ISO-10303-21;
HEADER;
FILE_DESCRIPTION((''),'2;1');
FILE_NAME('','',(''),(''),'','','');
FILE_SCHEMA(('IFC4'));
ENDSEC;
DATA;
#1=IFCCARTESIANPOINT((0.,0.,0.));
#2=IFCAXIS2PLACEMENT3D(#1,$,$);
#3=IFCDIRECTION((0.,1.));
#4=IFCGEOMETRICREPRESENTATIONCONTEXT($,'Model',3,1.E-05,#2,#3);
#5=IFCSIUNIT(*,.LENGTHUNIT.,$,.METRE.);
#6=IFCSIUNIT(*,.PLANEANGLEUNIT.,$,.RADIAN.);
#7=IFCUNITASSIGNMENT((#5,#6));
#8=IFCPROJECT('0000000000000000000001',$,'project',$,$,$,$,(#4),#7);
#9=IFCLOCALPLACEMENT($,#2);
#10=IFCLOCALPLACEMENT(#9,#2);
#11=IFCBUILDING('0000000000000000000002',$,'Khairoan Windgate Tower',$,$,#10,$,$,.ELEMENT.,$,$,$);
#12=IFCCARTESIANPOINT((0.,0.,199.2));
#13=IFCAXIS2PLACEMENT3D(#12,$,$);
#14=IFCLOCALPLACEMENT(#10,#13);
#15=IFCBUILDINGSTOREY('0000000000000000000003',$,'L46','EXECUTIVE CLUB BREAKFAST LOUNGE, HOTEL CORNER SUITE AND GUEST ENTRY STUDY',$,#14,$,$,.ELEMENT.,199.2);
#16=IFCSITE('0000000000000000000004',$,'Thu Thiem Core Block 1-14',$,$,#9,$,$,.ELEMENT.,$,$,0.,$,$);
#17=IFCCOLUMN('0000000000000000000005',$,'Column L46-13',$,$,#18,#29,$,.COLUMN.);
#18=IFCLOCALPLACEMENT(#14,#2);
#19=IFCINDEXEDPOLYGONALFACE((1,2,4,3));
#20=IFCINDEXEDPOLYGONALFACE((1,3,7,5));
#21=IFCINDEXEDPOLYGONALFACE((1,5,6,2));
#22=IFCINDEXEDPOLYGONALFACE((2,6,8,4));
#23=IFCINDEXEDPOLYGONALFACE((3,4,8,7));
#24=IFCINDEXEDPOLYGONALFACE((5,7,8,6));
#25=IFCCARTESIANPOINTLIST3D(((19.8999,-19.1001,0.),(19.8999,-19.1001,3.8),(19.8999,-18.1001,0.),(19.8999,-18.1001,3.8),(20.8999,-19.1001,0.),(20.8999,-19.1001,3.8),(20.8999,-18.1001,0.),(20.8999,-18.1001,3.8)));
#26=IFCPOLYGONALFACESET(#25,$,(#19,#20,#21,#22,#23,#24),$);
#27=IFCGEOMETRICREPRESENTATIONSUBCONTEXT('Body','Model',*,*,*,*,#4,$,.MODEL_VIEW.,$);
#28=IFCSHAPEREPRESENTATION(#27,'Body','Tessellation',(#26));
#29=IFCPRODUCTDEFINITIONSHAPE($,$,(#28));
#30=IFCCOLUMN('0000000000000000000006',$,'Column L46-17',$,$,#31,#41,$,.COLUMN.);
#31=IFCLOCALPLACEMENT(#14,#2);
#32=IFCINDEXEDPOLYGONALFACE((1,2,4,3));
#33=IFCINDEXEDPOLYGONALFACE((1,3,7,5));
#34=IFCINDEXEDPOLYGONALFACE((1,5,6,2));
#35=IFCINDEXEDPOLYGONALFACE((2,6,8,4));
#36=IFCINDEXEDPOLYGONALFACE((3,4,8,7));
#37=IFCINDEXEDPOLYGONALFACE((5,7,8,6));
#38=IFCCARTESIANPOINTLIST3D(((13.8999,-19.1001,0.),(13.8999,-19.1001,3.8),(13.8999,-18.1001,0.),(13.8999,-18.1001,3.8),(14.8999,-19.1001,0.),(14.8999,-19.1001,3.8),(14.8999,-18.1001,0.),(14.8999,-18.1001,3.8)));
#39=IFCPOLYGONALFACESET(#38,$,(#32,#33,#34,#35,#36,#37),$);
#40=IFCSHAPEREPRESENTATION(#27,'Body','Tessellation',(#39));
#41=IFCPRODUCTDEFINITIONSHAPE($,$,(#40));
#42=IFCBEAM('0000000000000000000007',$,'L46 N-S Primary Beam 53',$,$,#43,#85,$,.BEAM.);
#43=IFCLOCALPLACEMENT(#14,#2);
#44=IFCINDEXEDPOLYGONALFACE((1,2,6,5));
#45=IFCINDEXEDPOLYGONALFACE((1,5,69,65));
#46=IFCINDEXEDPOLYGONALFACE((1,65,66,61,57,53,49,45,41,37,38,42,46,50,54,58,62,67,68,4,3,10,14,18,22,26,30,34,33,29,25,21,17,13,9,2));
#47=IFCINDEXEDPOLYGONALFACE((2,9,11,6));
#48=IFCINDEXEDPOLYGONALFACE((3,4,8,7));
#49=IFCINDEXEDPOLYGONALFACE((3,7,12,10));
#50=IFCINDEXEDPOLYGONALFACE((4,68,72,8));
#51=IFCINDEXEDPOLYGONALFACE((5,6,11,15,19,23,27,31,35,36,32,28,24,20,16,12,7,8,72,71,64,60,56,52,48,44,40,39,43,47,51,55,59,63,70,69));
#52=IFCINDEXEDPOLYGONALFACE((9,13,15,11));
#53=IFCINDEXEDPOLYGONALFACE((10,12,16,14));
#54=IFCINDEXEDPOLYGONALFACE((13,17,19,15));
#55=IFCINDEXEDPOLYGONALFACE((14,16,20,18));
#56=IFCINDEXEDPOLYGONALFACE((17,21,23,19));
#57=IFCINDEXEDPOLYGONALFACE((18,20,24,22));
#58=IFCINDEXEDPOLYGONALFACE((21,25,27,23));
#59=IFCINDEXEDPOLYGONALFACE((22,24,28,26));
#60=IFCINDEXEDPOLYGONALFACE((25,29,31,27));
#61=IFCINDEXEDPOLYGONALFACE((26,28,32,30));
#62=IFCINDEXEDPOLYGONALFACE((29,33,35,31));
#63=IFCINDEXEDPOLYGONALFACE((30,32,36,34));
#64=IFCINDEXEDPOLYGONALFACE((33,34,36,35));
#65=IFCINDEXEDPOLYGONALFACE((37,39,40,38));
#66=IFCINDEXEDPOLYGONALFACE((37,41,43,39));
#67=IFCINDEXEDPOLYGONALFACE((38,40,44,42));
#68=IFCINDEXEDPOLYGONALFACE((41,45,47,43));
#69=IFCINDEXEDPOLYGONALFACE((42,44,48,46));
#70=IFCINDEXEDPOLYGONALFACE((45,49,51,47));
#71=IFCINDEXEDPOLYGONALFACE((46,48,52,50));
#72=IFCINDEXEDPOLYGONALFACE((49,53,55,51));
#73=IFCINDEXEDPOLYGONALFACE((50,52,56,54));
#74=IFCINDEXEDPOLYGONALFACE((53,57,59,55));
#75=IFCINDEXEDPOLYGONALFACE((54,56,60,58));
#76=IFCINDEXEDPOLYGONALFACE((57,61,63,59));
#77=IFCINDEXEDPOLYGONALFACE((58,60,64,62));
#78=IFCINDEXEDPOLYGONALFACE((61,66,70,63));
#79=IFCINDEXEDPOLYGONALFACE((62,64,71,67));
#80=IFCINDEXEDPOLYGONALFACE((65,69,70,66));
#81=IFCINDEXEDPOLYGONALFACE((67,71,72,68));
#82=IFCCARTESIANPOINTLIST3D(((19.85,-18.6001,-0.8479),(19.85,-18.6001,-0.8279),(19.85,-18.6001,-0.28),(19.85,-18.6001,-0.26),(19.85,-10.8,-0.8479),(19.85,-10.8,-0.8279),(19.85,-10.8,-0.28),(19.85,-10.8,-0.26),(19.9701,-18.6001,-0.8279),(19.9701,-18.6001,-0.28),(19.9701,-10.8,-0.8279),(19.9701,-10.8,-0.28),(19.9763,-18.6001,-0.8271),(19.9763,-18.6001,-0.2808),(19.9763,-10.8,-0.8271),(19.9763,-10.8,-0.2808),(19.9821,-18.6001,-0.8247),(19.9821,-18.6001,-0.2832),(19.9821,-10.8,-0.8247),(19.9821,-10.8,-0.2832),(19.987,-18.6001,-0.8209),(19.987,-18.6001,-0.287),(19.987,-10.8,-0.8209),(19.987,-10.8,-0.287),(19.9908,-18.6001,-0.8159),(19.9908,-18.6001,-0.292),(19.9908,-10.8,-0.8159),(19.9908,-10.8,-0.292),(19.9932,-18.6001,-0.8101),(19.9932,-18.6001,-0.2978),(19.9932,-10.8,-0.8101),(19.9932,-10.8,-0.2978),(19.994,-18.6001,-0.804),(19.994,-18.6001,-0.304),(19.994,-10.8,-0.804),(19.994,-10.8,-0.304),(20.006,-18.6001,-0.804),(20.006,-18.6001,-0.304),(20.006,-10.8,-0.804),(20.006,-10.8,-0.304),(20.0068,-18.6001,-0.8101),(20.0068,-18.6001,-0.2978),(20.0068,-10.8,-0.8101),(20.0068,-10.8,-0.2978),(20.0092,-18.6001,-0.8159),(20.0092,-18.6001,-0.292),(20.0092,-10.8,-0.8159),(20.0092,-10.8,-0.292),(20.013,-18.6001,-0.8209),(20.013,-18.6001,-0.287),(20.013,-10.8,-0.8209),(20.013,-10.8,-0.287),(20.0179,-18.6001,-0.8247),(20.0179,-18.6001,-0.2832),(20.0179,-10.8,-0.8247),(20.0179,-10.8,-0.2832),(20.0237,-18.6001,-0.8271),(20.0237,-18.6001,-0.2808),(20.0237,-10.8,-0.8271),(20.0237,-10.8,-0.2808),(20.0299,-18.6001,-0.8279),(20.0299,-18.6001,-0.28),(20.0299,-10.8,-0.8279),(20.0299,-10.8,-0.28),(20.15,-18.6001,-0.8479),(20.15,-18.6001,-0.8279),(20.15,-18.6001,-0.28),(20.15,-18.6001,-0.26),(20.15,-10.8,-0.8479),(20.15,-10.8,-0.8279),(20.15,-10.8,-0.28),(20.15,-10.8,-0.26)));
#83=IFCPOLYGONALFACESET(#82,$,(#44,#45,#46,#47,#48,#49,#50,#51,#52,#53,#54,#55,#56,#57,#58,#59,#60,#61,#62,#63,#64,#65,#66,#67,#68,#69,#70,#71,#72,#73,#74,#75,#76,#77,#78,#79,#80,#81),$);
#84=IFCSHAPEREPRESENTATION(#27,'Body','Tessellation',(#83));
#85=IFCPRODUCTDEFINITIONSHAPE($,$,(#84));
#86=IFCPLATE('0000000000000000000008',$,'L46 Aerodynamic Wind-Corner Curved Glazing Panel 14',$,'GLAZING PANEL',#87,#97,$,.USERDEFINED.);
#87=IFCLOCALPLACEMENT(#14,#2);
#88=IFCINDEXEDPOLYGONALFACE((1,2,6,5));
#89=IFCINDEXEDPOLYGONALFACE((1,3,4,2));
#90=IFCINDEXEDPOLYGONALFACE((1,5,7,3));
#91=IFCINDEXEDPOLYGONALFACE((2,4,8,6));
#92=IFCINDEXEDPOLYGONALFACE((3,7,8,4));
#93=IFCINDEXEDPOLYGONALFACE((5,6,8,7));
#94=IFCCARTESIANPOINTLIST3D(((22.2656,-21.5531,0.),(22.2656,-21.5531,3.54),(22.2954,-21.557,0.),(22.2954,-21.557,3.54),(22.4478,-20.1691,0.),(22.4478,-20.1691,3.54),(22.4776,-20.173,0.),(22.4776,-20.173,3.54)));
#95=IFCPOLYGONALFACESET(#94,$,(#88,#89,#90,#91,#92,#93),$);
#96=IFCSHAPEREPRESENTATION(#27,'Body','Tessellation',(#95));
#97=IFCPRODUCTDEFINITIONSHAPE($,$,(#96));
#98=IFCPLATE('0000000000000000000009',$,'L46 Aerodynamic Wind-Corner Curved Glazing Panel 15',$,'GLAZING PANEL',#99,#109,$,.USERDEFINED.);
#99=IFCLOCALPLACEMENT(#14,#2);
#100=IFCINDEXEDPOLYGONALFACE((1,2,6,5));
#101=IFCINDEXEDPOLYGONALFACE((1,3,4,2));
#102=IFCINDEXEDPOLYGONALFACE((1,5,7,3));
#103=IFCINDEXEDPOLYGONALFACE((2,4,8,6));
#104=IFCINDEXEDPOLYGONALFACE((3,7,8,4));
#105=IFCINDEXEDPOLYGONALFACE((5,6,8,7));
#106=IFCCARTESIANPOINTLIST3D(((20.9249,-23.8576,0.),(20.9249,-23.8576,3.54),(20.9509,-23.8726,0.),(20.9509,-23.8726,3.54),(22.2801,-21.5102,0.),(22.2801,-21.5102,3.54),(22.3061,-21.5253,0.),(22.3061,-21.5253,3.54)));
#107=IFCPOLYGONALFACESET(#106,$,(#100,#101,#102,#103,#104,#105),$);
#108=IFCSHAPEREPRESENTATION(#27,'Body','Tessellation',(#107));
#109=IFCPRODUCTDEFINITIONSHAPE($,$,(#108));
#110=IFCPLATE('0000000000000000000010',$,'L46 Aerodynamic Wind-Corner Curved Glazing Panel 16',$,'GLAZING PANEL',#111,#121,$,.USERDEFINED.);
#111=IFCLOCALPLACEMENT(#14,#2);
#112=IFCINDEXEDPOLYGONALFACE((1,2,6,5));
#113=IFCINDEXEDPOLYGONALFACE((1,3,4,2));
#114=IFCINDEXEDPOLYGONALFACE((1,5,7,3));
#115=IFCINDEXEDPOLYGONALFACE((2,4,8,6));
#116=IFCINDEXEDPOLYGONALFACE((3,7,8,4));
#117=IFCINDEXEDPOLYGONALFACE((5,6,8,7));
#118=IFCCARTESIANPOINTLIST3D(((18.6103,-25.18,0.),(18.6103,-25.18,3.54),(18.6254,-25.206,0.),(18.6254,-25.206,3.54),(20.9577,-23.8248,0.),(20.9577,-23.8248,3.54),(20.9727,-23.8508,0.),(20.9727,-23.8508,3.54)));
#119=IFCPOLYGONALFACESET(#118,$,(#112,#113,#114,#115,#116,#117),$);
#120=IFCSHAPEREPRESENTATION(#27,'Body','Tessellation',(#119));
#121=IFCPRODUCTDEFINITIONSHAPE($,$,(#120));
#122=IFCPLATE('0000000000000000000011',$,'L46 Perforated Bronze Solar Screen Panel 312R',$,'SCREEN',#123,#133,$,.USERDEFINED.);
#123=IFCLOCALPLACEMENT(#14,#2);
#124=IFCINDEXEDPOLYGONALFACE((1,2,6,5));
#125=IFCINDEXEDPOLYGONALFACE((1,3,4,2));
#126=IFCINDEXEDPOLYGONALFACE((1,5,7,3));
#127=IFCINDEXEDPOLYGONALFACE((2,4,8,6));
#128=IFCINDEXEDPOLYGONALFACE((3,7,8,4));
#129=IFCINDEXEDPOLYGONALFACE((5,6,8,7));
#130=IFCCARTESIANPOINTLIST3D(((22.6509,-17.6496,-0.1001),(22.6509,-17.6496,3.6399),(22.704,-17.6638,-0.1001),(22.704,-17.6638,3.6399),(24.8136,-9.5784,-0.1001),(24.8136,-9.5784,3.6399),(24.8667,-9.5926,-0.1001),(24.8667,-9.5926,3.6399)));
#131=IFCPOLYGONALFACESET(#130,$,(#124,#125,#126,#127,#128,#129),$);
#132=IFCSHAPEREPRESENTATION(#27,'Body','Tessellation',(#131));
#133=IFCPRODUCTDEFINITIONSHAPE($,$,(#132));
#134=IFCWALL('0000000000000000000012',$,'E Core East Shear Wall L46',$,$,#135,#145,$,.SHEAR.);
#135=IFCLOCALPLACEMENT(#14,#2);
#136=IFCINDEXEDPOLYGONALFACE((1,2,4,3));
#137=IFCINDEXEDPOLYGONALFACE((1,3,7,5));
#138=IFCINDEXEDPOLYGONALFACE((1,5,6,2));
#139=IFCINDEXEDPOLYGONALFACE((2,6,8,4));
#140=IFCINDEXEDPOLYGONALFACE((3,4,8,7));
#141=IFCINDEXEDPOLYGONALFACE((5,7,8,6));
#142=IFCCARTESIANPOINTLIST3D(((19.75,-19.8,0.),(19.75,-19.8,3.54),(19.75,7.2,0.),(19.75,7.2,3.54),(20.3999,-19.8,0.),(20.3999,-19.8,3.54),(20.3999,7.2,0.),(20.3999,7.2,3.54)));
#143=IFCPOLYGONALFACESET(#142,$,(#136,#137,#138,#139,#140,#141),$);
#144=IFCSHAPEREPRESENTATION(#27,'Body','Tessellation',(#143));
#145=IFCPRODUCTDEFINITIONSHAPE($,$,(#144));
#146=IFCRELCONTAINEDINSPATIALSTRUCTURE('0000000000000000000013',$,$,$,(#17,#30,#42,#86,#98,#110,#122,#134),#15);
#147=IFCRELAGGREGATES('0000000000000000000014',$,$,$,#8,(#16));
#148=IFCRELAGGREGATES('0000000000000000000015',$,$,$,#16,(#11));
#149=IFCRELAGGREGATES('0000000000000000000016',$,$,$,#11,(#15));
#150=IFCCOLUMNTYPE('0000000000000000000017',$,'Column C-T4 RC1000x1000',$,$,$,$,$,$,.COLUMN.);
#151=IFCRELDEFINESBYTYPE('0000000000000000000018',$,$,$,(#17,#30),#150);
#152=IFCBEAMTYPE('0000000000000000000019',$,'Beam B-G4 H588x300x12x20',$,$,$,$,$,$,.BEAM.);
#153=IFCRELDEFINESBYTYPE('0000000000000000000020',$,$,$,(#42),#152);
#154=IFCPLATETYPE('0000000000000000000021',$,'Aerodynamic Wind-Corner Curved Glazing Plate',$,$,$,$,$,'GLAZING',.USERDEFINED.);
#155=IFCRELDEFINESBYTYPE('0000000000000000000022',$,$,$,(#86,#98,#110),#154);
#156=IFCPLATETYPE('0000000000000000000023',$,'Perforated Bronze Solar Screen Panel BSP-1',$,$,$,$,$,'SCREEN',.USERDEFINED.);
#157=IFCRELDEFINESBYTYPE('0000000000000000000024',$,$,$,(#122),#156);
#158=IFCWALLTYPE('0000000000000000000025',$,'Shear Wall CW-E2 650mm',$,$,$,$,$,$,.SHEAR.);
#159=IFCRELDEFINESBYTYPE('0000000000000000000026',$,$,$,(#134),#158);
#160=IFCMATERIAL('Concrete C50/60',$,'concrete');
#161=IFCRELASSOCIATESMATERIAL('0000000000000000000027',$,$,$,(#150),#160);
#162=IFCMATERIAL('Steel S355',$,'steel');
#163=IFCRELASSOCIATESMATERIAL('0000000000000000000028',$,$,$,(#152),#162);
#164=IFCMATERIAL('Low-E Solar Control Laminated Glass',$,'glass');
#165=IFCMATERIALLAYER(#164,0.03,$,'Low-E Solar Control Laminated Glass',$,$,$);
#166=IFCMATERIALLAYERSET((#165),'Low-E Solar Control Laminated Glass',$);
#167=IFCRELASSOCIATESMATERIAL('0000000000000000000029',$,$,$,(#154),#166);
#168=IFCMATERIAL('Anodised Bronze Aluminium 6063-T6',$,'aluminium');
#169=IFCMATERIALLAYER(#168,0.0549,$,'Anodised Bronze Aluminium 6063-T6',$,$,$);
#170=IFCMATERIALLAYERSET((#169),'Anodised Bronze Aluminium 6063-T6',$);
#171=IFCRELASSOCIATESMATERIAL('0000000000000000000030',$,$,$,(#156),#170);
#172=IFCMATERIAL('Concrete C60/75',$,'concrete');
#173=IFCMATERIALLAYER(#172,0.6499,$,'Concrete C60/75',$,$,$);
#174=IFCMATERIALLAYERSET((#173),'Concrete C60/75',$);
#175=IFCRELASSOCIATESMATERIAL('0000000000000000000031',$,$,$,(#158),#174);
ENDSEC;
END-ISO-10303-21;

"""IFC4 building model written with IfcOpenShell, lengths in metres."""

from ifc_helpers import new_model, si_unit, direction, frame, frame_2d, origin, origin_2d, place, context, subcontext, project, spatial, rectangle, i_section, extrude, material, layer, layer_set, material_profile, profile_set, type_object, element, save


model = new_model("IFC4")

# Units and contexts
model_context = context("Model", 3, precision=1e-05, world=origin(), true_north=direction((0.0, 1.0)))
body_context = subcontext(model_context, "Body", "Model", "MODEL_VIEW")
ifc_project = project(units=[si_unit("LENGTHUNIT", "METRE"), si_unit("PLANEANGLEUNIT", "RADIAN")], contexts=[model_context])

# Site, building, storey
site_placement = place(None, origin())
site = spatial("IfcSite", under=ifc_project, at=site_placement, Name="Thu Thiem Core Block 1-14", CompositionType="ELEMENT", RefElevation=0.0)
building_placement = place(site_placement, origin())
building = spatial("IfcBuilding", under=site, at=building_placement, Name="Khairoan Windgate Tower", CompositionType="ELEMENT")
storey_placement = place(building_placement, frame((0.0, 0.0, 199.2)))
storey = spatial("IfcBuildingStorey", under=building, at=storey_placement, Name="L46", Description="EXECUTIVE CLUB BREAKFAST LOUNGE, HOTEL CORNER SUITE AND GUEST ENTRY STUDY", CompositionType="ELEMENT", Elevation=199.2)

# Columns
ifc_material_1 = material(Name="Concrete C50/60", Category="concrete")
ifc_material_profile_1 = material_profile(ifc_material_1, rectangle(XDim=1.0, YDim=1.0, at=origin_2d()))
ifc_profile_set_1 = profile_set([ifc_material_profile_1], Name="Concrete C50/60")
column_type = type_object("IfcColumnType", Name="Column C-T4 RC1000x1000", PredefinedType="COLUMN", material=ifc_profile_set_1)
for number, where, z_axis, x_axis, name in (
    (1, (20.3999, -18.6001, 0.0), (0.0, 0.0, 1.0), (1.0, 0.0, 0.0), "Column L46-13"),
    (2, (14.3999, -18.6001, 0.0), (0.0, 0.0, 1.0), (1.0, 0.0, 0.0), "Column L46-17"),
):
    element("IfcColumn", number, at=place(storey_placement, frame(where, z_axis=z_axis, x_axis=x_axis)), inside=storey, type_object=column_type, Name=name, PredefinedType="COLUMN", context=body_context, shape_type="SweptSolid", body=[
        extrude(rectangle(XDim=1.0, YDim=1.0, at=origin_2d()), origin(), (0.0, 0.0, 1.0), 3.8),
    ])

# Beam
ifc_material_2 = material(Name="Steel S355", Category="steel")
ifc_material_profile_2 = material_profile(ifc_material_2, i_section(OverallWidth=0.3, OverallDepth=0.5879, WebThickness=0.012, FlangeThickness=0.02, FilletRadius=0.0239, at=origin_2d()))
ifc_profile_set_2 = profile_set([ifc_material_profile_2], Name="Steel S355")
beam_type = type_object("IfcBeamType", Name="Beam B-G4 H588x300x12x20", PredefinedType="BEAM", material=ifc_profile_set_2)
beam_placement = place(storey_placement, frame((20.0, -18.6001, -0.554), z_axis=(0.0, 1.0, 0.0), x_axis=(-1.0, 0.0, 0.0)))
element("IfcBeam", 3, at=beam_placement, inside=storey, type_object=beam_type, Name="L46 N-S Primary Beam 53", PredefinedType="BEAM", context=body_context, shape_type="SweptSolid", body=[
    extrude(i_section(OverallWidth=0.3, OverallDepth=0.5879, WebThickness=0.012, FlangeThickness=0.02, FilletRadius=0.0239, at=origin_2d()), origin(), (0.0, 0.0, 1.0), 7.8),
])

# Plates
ifc_material_3 = material(Name="Low-E Solar Control Laminated Glass", Category="glass")
ifc_layer_1 = layer(ifc_material_3, 0.03, Name="Low-E Solar Control Laminated Glass")
ifc_layer_set_1 = layer_set([ifc_layer_1], Name="Low-E Solar Control Laminated Glass")
plate_type_1 = type_object("IfcPlateType", Name="Aerodynamic Wind-Corner Curved Glazing Plate", ElementType="GLAZING", PredefinedType="USERDEFINED", material=ifc_layer_set_1)
plate_1_placement = place(storey_placement, frame((22.3716, -20.863, 0.0), z_axis=(0.0, 0.0, 1.0), x_axis=(-0.130526, -0.991445, 0.0)))
element("IfcPlate", 4, at=plate_1_placement, inside=storey, type_object=plate_type_1, Name="L46 Aerodynamic Wind-Corner Curved Glazing Panel 14", ObjectType="GLAZING PANEL", PredefinedType="USERDEFINED", context=body_context, shape_type="SweptSolid", body=[
    extrude(rectangle(XDim=1.396, YDim=0.03, at=origin_2d()), origin(), (0.0, 0.0, 1.0), 3.54),
])
for number, where, z_axis, x_axis, name in (
    (5, (21.6155, -22.6914, 0.0), (0.0, 0.0, 1.0), (-0.5, -0.866025, 0.0), "L46 Aerodynamic Wind-Corner Curved Glazing Panel 15"),
    (6, (19.7915, -24.5154, 0.0), (0.0, 0.0, 1.0), (-0.866025, -0.5, 0.0), "L46 Aerodynamic Wind-Corner Curved Glazing Panel 16"),
):
    element("IfcPlate", number, at=place(storey_placement, frame(where, z_axis=z_axis, x_axis=x_axis)), inside=storey, type_object=plate_type_1, Name=name, ObjectType="GLAZING PANEL", PredefinedType="USERDEFINED", context=body_context, shape_type="SweptSolid", body=[
        extrude(rectangle(XDim=2.7104, YDim=0.03, at=origin_2d()), origin(), (0.0, 0.0, 1.0), 3.54),
    ])

# Plate
ifc_material_4 = material(Name="Anodised Bronze Aluminium 6063-T6", Category="aluminium")
ifc_layer_2 = layer(ifc_material_4, 0.0549, Name="Anodised Bronze Aluminium 6063-T6")
ifc_layer_set_2 = layer_set([ifc_layer_2], Name="Anodised Bronze Aluminium 6063-T6")
plate_type_2 = type_object("IfcPlateType", Name="Perforated Bronze Solar Screen Panel BSP-1", ElementType="SCREEN", PredefinedType="USERDEFINED", material=ifc_layer_set_2)
plate_2_placement = place(storey_placement, frame((23.7588, -13.6211, -0.1001), z_axis=(0.0, 0.0, 1.0), x_axis=(-0.258819, -0.965926, 0.0)))
element("IfcPlate", 7, at=plate_2_placement, inside=storey, type_object=plate_type_2, Name="L46 Perforated Bronze Solar Screen Panel 312R", ObjectType="SCREEN", PredefinedType="USERDEFINED", context=body_context, shape_type="SweptSolid", body=[
    extrude(rectangle(XDim=8.356, YDim=0.0549, at=origin_2d()), origin(), (0.0, 0.0, 1.0), 3.74),
])

# Wall
ifc_material_5 = material(Name="Concrete C60/75", Category="concrete")
ifc_layer_3 = layer(ifc_material_5, 0.6499, Name="Concrete C60/75")
ifc_layer_set_3 = layer_set([ifc_layer_3], Name="Concrete C60/75")
wall_type_1 = type_object("IfcWallType", Name="Shear Wall CW-E2 650mm", PredefinedType="SHEAR", material=ifc_layer_set_3)
wall_1_placement = place(storey_placement, frame((20.075, -19.8, 0.0), z_axis=(0.0, 0.0, 1.0), x_axis=(0.0, 1.0, 0.0)))
element("IfcWall", 8, at=wall_1_placement, inside=storey, type_object=wall_type_1, Name="E Core East Shear Wall L46", PredefinedType="SHEAR", context=body_context, shape_type="SweptSolid", body=[
    extrude(rectangle(XDim=27.0, YDim=0.6499, at=frame_2d((13.5, 0.0))), origin(), (0.0, 0.0, 1.0), 3.54),
])

save(model, "model.ifc")
